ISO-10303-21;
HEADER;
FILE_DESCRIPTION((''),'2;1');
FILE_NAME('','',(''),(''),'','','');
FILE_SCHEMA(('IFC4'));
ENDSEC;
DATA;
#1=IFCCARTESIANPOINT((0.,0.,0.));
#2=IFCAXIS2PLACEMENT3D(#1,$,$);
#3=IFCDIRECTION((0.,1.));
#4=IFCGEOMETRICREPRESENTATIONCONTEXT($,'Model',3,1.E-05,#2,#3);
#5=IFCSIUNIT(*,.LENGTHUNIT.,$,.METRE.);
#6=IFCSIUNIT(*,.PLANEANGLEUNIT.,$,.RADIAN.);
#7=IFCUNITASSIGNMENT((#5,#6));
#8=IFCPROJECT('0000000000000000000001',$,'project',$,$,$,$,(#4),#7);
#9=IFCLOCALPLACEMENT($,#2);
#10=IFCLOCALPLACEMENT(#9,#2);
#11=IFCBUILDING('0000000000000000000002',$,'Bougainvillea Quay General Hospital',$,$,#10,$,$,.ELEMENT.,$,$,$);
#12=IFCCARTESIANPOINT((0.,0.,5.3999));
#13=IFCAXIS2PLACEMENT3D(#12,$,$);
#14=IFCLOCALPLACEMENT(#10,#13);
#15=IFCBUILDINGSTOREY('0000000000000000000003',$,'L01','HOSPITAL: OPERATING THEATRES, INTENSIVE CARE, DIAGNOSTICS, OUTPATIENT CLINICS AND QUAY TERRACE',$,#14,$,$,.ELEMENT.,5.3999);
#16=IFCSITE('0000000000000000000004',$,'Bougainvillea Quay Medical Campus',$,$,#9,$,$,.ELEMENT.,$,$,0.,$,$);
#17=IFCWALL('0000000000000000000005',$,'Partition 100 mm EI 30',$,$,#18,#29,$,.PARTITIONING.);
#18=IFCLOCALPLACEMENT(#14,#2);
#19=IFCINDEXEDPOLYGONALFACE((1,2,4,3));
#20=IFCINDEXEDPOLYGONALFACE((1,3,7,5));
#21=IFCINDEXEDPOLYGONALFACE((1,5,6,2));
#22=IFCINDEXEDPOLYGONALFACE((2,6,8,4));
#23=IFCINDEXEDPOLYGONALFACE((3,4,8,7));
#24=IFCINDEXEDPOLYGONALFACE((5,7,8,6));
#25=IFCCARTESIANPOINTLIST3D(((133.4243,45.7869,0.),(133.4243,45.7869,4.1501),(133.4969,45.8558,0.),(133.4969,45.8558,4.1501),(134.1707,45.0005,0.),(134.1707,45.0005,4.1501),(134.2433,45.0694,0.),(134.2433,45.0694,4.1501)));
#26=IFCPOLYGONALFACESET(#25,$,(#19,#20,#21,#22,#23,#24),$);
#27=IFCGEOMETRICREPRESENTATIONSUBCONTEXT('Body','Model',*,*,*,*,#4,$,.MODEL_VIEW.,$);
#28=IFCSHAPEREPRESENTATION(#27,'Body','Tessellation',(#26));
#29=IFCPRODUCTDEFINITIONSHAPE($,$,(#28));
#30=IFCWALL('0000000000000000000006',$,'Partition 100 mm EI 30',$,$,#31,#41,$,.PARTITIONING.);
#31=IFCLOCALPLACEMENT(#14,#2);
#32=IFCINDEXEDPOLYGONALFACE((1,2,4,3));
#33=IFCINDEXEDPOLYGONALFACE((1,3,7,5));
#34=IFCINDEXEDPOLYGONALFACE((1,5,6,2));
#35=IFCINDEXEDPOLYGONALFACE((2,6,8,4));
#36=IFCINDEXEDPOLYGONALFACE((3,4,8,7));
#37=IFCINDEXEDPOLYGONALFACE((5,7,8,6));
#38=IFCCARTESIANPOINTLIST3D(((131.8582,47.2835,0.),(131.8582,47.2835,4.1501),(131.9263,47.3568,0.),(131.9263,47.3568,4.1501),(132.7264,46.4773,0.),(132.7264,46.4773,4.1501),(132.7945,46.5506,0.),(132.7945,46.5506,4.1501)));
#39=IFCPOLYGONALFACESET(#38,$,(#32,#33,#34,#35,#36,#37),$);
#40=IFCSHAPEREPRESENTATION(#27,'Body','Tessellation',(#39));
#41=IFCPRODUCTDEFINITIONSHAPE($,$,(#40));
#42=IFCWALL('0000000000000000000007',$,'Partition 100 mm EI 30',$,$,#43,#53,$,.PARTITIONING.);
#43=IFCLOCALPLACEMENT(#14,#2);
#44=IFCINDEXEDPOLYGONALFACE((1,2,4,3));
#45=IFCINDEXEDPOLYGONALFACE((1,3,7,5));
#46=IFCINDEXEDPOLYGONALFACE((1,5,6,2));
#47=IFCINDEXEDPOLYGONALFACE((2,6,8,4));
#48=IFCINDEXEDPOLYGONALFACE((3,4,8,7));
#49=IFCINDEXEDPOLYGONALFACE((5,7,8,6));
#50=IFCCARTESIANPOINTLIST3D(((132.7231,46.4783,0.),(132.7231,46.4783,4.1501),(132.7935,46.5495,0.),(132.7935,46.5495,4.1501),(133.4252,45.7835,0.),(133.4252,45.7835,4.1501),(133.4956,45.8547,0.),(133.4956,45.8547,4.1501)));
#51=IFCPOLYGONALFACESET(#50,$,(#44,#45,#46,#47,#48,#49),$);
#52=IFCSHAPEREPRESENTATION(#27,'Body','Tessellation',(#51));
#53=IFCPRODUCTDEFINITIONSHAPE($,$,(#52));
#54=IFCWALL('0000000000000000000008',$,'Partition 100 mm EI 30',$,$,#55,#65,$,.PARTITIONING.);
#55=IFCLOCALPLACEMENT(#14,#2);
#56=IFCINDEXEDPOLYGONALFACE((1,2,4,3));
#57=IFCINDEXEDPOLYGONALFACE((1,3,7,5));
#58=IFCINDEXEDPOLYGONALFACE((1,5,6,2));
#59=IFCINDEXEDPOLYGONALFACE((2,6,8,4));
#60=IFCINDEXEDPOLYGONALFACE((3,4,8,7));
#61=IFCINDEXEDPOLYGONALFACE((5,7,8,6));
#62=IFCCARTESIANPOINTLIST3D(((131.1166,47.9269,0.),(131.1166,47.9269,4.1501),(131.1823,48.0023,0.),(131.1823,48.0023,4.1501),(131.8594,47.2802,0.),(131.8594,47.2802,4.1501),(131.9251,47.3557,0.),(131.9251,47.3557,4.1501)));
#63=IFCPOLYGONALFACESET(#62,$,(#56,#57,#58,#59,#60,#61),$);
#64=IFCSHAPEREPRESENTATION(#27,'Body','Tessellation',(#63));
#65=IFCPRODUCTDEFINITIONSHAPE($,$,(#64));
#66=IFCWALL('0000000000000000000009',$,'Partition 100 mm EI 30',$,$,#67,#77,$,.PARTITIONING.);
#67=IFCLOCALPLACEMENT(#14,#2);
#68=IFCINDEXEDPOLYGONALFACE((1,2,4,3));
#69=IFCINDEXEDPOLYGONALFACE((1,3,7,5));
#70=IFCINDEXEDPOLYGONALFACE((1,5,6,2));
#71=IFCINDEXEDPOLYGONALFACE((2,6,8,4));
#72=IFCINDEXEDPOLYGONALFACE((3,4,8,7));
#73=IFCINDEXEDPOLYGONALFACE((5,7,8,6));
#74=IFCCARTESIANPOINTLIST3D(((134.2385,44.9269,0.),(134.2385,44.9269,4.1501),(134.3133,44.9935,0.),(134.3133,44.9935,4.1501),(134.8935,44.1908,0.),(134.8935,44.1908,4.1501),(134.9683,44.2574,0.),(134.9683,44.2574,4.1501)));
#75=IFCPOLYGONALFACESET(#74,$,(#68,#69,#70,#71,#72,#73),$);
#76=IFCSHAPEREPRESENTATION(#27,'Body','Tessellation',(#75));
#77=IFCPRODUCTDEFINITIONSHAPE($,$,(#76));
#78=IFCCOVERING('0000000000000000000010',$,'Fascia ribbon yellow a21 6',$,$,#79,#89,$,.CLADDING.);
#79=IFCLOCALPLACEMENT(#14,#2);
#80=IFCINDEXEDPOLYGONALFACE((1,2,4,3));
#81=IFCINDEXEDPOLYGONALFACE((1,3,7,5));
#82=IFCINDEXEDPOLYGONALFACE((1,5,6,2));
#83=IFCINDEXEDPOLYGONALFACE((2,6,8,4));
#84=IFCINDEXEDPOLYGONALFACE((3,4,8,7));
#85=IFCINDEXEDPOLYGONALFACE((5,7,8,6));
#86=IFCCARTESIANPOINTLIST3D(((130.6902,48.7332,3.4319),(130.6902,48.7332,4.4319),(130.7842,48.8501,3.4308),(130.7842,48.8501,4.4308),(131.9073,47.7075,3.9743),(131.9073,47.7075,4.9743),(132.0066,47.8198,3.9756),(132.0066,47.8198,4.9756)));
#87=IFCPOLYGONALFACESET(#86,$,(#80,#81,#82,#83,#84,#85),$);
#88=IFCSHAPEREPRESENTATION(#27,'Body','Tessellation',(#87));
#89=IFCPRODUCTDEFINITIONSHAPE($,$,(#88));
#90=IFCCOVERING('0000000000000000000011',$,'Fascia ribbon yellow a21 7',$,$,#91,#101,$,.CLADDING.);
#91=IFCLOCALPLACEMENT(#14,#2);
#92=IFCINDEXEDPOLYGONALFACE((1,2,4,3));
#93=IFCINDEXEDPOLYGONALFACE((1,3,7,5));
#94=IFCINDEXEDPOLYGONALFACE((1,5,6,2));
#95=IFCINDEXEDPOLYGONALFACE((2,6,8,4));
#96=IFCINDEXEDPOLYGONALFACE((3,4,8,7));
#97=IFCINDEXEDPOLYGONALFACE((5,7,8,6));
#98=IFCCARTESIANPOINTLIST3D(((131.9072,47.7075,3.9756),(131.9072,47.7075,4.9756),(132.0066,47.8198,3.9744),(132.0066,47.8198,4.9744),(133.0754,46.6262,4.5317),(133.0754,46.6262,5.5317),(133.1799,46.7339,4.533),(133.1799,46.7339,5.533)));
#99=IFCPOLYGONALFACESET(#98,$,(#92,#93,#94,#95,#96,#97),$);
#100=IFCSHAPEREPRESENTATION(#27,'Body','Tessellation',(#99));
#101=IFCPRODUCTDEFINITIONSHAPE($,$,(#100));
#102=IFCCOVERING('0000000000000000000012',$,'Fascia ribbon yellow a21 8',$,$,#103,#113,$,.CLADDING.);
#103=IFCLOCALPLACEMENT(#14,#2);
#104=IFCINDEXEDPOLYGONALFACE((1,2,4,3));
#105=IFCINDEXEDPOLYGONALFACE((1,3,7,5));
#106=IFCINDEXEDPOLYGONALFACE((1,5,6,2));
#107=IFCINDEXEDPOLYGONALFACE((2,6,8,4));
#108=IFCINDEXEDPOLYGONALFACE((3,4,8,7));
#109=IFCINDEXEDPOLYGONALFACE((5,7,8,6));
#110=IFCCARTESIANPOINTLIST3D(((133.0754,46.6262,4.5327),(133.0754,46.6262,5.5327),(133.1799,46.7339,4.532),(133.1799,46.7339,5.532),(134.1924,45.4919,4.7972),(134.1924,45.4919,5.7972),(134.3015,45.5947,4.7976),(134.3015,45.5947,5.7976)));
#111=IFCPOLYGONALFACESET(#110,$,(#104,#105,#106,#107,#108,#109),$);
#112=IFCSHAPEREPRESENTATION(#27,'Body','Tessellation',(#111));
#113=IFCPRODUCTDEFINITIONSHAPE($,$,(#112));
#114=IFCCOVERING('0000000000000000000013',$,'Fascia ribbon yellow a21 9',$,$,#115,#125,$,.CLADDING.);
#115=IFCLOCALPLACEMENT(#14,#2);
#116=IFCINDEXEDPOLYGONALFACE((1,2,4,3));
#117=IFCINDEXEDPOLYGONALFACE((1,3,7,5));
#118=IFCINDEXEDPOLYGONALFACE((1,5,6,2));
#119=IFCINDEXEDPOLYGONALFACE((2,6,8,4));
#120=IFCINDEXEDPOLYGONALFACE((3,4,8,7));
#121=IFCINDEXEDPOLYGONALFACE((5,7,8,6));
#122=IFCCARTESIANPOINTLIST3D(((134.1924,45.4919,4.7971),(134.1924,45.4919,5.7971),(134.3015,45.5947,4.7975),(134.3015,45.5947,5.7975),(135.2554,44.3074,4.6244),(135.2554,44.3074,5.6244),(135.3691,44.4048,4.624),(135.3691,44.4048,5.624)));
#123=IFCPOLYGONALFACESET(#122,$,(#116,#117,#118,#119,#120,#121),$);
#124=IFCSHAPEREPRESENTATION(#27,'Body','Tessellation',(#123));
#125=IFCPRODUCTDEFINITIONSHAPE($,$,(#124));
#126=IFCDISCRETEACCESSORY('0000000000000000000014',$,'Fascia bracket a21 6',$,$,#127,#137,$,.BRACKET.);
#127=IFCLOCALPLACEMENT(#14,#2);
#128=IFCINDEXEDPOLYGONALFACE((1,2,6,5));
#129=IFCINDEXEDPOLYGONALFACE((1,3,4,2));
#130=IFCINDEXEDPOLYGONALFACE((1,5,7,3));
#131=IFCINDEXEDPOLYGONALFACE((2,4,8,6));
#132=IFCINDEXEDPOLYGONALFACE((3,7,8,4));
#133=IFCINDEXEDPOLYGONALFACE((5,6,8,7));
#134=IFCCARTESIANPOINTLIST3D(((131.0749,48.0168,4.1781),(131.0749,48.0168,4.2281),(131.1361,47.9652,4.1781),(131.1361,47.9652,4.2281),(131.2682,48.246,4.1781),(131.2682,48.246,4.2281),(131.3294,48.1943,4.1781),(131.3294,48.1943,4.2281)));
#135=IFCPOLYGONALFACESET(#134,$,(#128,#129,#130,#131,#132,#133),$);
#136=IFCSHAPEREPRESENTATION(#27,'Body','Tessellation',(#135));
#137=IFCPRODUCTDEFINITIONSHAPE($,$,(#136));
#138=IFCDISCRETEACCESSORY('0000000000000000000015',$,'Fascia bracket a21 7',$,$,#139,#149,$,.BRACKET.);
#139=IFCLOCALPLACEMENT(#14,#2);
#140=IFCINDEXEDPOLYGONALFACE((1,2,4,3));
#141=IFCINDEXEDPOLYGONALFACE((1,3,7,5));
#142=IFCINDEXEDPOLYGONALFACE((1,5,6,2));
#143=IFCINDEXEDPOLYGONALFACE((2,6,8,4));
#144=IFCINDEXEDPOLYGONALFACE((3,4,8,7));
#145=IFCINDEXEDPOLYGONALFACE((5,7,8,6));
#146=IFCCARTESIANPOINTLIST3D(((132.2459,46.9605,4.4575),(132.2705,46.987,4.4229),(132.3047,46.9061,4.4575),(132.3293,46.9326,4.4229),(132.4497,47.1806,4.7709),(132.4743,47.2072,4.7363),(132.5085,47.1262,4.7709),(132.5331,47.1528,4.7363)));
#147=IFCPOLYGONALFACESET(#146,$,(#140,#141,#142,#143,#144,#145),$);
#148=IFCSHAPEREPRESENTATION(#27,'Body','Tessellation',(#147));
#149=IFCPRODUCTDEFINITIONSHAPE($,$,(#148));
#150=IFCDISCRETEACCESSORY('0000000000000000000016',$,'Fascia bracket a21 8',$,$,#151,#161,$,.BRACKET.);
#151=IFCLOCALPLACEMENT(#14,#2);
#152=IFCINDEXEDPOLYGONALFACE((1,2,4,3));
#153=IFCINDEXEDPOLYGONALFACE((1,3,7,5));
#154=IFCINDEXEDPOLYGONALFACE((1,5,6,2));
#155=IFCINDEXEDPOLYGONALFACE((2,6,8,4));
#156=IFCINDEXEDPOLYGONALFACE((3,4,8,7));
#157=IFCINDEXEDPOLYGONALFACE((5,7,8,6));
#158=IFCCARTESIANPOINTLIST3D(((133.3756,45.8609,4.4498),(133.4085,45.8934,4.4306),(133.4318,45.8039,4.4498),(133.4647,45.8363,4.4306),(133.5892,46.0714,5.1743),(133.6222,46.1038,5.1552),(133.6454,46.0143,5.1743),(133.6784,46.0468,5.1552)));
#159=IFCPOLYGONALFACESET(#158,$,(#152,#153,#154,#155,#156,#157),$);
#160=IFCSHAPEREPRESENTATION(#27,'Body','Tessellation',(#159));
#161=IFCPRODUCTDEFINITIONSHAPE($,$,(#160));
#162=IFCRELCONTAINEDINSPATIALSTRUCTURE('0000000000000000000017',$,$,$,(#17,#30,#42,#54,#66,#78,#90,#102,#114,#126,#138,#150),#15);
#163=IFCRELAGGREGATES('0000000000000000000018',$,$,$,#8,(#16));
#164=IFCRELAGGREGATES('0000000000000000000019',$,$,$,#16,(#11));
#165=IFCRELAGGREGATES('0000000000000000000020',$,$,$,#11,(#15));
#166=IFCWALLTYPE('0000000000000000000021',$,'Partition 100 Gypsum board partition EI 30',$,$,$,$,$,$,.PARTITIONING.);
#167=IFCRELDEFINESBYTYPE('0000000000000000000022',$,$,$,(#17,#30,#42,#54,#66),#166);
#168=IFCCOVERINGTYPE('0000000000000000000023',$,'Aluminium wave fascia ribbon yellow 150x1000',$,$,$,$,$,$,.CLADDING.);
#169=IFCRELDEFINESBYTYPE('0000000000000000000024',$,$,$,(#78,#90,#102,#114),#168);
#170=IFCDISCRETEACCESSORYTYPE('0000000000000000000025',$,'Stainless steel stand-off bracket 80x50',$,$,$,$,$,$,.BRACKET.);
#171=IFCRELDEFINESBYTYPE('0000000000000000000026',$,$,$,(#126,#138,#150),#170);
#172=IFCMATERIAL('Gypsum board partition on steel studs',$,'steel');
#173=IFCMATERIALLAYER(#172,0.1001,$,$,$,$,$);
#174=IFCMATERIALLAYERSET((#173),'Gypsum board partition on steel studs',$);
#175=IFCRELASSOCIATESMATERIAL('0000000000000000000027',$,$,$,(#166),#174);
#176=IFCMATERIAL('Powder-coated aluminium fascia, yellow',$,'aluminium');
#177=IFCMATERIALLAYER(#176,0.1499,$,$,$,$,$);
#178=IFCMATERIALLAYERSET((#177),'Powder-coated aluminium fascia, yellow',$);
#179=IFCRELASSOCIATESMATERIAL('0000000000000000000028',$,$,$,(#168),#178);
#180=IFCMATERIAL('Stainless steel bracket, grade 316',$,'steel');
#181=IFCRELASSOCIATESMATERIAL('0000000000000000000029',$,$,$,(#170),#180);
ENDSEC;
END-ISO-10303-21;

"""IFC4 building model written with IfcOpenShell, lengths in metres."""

from ifc_helpers import new_model, si_unit, direction, frame, frame_2d, origin, origin_2d, place, context, subcontext, project, spatial, polyline, rectangle, outline, extrude, material, layer, layer_set, material_profile, profile_set, type_object, element, save


model = new_model("IFC4")

# Units and contexts
model_context = context("Model", 3, precision=1e-05, world=origin(), true_north=direction((0.0, 1.0)))
body_context = subcontext(model_context, "Body", "Model", "MODEL_VIEW")
ifc_project = project(units=[si_unit("LENGTHUNIT", "METRE"), si_unit("PLANEANGLEUNIT", "RADIAN")], contexts=[model_context])

# Site, building, storey
site_placement = place(None, origin())
site = spatial("IfcSite", under=ifc_project, at=site_placement, Name="Bougainvillea Quay Medical Campus", CompositionType="ELEMENT", RefElevation=0.0)
building_placement = place(site_placement, origin())
building = spatial("IfcBuilding", under=site, at=building_placement, Name="Bougainvillea Quay General Hospital", CompositionType="ELEMENT")
storey_placement = place(building_placement, frame((0.0, 0.0, 5.3999)))
storey = spatial("IfcBuildingStorey", under=building, at=storey_placement, Name="L01", Description="HOSPITAL: OPERATING THEATRES, INTENSIVE CARE, DIAGNOSTICS, OUTPATIENT CLINICS AND QUAY TERRACE", CompositionType="ELEMENT", Elevation=5.3999)

# Walls
ifc_material_1 = material(Name="Gypsum board partition on steel studs", Category="steel")
ifc_layer_1 = layer(ifc_material_1, 0.1001)
ifc_layer_set_1 = layer_set([ifc_layer_1], Name="Gypsum board partition on steel studs")
wall_type = type_object("IfcWallType", Name="Partition 100 Gypsum board partition EI 30", PredefinedType="PARTITIONING", material=ifc_layer_set_1)
wall_1_placement = place(storey_placement, frame((133.4607, 45.8213, 0.0), z_axis=(0.0, 0.0, 1.0), x_axis=(0.6884, -0.725331, 0.0)))
element("IfcWall", 1, at=wall_1_placement, inside=storey, type_object=wall_type, Name="Partition 100 mm EI 30", PredefinedType="PARTITIONING", context=body_context, shape_type="SweptSolid", body=[
    extrude(rectangle(XDim=1.0842, YDim=0.1001, at=frame_2d((0.542, 0.0))), origin(), (0.0, 0.0, 1.0), 4.1501),
])
wall_2_placement = place(storey_placement, frame((131.8923, 47.3201, 0.0), z_axis=(0.0, 0.0, 1.0), x_axis=(0.732793, -0.680451, 0.0)))
element("IfcWall", 2, at=wall_2_placement, inside=storey, type_object=wall_type, Name="Partition 100 mm EI 30", PredefinedType="PARTITIONING", context=body_context, shape_type="SweptSolid", body=[
    extrude(rectangle(XDim=1.1848, YDim=0.1001, at=frame_2d((0.5923, 0.0))), origin(), (0.0, 0.0, 1.0), 4.1501),
])
wall_3_placement = place(storey_placement, frame((132.7583, 46.5139, 0.0), z_axis=(0.0, 0.0, 1.0), x_axis=(0.710804, -0.70339, 0.0)))
element("IfcWall", 3, at=wall_3_placement, inside=storey, type_object=wall_type, Name="Partition 100 mm EI 30", PredefinedType="PARTITIONING", context=body_context, shape_type="SweptSolid", body=[
    extrude(rectangle(XDim=0.9878, YDim=0.1001, at=frame_2d((0.4939, 0.0))), origin(), (0.0, 0.0, 1.0), 4.1501),
])
wall_4_placement = place(storey_placement, frame((131.1494, 47.9646, 0.0), z_axis=(0.0, 0.0, 1.0), x_axis=(0.754248, -0.65659, 0.0)))
element("IfcWall", 4, at=wall_4_placement, inside=storey, type_object=wall_type, Name="Partition 100 mm EI 30", PredefinedType="PARTITIONING", context=body_context, shape_type="SweptSolid", body=[
    extrude(rectangle(XDim=0.9849, YDim=0.1001, at=frame_2d((0.4924, 0.0))), origin(), (0.0, 0.0, 1.0), 4.1501),
])
wall_5_placement = place(storey_placement, frame((134.2759, 44.9602, 0.0), z_axis=(0.0, 0.0, 1.0), x_axis=(0.664779, -0.74704, 0.0)))
element("IfcWall", 5, at=wall_5_placement, inside=storey, type_object=wall_type, Name="Partition 100 mm EI 30", PredefinedType="PARTITIONING", context=body_context, shape_type="SweptSolid", body=[
    extrude(rectangle(XDim=0.9854, YDim=0.1001, at=frame_2d((0.4927, 0.0))), origin(), (0.0, 0.0, 1.0), 4.1501),
])

# Coverings
ifc_material_2 = material(Name="Powder-coated aluminium fascia, yellow", Category="aluminium")
ifc_layer_2 = layer(ifc_material_2, 0.1499)
ifc_layer_set_2 = layer_set([ifc_layer_2], Name="Powder-coated aluminium fascia, yellow")
covering_type = type_object("IfcCoveringType", Name="Aluminium wave fascia ribbon yellow 150x1000", PredefinedType="CLADDING", material=ifc_layer_set_2)
covering_1_placement = place(storey_placement, frame((130.6902, 48.7332, 3.4319), z_axis=(-0.247063, 0.207378, 0.946549), x_axis=(0.723804, -0.60997, 0.322561)))
element("IfcCovering", 6, at=covering_1_placement, inside=storey, type_object=covering_type, Name="Fascia ribbon yellow a21 6", PredefinedType="CLADDING", context=body_context, shape_type="SweptSolid", body=[
    extrude(outline(polyline([(0.0, 0.0), (1.6815, 0.0), (1.6853, 0.1499), (-0.0036, 0.15), (0.0, 0.0)])), origin(), (0.322561, 0.0006, 0.946549), 1.0),
])
covering_2_placement = place(storey_placement, frame((131.9072, 47.7075, 3.9756), z_axis=(-0.241921, 0.2242, 0.944039), x_axis=(0.692811, -0.641266, 0.329835)))
element("IfcCovering", 7, at=covering_2_placement, inside=storey, type_object=covering_type, Name="Fascia ribbon yellow a21 7", PredefinedType="CLADDING", context=body_context, shape_type="SweptSolid", body=[
    extrude(outline(polyline([(0.0, 0.0), (1.6862, 0.0), (1.6899, 0.15), (-0.0036, 0.1499), (0.0, 0.0)])), origin(), (0.329835, -0.000192, 0.944039), 1.0),
])
covering_3_placement = place(storey_placement, frame((133.0754, 46.6262, 4.5327), z_axis=(-0.114438, 0.117308, 0.98648), x_axis=(0.692155, -0.702897, 0.16388)))
element("IfcCovering", 8, at=covering_3_placement, inside=storey, type_object=covering_type, Name="Fascia ribbon yellow a21 8", PredefinedType="CLADDING", context=body_context, shape_type="SweptSolid", body=[
    extrude(outline(polyline([(0.0, 0.0), (1.6137, 0.0), (1.6171, 0.1499), (-0.0035, 0.15), (0.0, 0.0)])), origin(), (0.16388, -0.000757, 0.98648), 1.0),
])
covering_4_placement = place(storey_placement, frame((134.1924, 45.4919, 4.7971), z_axis=(0.072086, -0.080262, 0.994164), x_axis=(0.663981, -0.739926, -0.107881)))
element("IfcCovering", 9, at=covering_4_placement, inside=storey, type_object=covering_type, Name="Fascia ribbon yellow a21 9", PredefinedType="CLADDING", context=body_context, shape_type="SweptSolid", body=[
    extrude(outline(polyline([(0.0, 0.0), (1.6009, 0.0), (1.6044, 0.1497), (-0.0036, 0.1499), (0.0, 0.0)])), origin(), (-0.107881, -0.000046, 0.994164), 1.0),
])

# Discrete accessories
ifc_material_3 = material(Name="Stainless steel bracket, grade 316", Category="steel")
ifc_material_profile_1 = material_profile(ifc_material_3, rectangle(XDim=0.0801, YDim=0.05, at=origin_2d()))
ifc_profile_set_1 = profile_set([ifc_material_profile_1], Name="Stainless steel bracket, grade 316")
discrete_accessory_type = type_object("IfcDiscreteAccessoryType", Name="Stainless steel stand-off bracket 80x50", PredefinedType="BRACKET", material=ifc_profile_set_1)
discrete_accessory_1_placement = place(storey_placement, frame((131.1055, 47.991, 4.2031), z_axis=(0.644737, 0.764404, 0.0), x_axis=(-0.764404, 0.644737, 0.0)))
element("IfcDiscreteAccessory", 10, at=discrete_accessory_1_placement, inside=storey, type_object=discrete_accessory_type, Name="Fascia bracket a21 6", PredefinedType="BRACKET", context=body_context, shape_type="SweptSolid", body=[
    extrude(rectangle(XDim=0.0801, YDim=0.05, at=origin_2d()), origin(), (0.0, 0.0, 1.0), 0.2998),
])
discrete_accessory_2_placement = place(storey_placement, frame((132.2876, 46.9465, 4.4402), z_axis=(0.469762, 0.507456, 0.722365), x_axis=(-0.733836, 0.679327, 0.0)))
element("IfcDiscreteAccessory", 11, at=discrete_accessory_2_placement, inside=storey, type_object=discrete_accessory_type, Name="Fascia bracket a21 7", PredefinedType="BRACKET", context=body_context, shape_type="SweptSolid", body=[
    extrude(rectangle(XDim=0.0801, YDim=0.05, at=origin_2d()), origin(), (0.0, 0.0, 1.0), 0.4338),
])
discrete_accessory_3_placement = place(storey_placement, frame((133.4202, 45.8486, 4.4402), z_axis=(0.272406, 0.268359, 0.924001), x_axis=(-0.701795, 0.712379, 0.0)))
element("IfcDiscreteAccessory", 12, at=discrete_accessory_3_placement, inside=storey, type_object=discrete_accessory_type, Name="Fascia bracket a21 8", PredefinedType="BRACKET", context=body_context, shape_type="SweptSolid", body=[
    extrude(rectangle(XDim=0.0801, YDim=0.05, at=origin_2d()), origin(), (0.0, 0.0, 1.0), 0.7842),
])

save(model, "model.ifc")
